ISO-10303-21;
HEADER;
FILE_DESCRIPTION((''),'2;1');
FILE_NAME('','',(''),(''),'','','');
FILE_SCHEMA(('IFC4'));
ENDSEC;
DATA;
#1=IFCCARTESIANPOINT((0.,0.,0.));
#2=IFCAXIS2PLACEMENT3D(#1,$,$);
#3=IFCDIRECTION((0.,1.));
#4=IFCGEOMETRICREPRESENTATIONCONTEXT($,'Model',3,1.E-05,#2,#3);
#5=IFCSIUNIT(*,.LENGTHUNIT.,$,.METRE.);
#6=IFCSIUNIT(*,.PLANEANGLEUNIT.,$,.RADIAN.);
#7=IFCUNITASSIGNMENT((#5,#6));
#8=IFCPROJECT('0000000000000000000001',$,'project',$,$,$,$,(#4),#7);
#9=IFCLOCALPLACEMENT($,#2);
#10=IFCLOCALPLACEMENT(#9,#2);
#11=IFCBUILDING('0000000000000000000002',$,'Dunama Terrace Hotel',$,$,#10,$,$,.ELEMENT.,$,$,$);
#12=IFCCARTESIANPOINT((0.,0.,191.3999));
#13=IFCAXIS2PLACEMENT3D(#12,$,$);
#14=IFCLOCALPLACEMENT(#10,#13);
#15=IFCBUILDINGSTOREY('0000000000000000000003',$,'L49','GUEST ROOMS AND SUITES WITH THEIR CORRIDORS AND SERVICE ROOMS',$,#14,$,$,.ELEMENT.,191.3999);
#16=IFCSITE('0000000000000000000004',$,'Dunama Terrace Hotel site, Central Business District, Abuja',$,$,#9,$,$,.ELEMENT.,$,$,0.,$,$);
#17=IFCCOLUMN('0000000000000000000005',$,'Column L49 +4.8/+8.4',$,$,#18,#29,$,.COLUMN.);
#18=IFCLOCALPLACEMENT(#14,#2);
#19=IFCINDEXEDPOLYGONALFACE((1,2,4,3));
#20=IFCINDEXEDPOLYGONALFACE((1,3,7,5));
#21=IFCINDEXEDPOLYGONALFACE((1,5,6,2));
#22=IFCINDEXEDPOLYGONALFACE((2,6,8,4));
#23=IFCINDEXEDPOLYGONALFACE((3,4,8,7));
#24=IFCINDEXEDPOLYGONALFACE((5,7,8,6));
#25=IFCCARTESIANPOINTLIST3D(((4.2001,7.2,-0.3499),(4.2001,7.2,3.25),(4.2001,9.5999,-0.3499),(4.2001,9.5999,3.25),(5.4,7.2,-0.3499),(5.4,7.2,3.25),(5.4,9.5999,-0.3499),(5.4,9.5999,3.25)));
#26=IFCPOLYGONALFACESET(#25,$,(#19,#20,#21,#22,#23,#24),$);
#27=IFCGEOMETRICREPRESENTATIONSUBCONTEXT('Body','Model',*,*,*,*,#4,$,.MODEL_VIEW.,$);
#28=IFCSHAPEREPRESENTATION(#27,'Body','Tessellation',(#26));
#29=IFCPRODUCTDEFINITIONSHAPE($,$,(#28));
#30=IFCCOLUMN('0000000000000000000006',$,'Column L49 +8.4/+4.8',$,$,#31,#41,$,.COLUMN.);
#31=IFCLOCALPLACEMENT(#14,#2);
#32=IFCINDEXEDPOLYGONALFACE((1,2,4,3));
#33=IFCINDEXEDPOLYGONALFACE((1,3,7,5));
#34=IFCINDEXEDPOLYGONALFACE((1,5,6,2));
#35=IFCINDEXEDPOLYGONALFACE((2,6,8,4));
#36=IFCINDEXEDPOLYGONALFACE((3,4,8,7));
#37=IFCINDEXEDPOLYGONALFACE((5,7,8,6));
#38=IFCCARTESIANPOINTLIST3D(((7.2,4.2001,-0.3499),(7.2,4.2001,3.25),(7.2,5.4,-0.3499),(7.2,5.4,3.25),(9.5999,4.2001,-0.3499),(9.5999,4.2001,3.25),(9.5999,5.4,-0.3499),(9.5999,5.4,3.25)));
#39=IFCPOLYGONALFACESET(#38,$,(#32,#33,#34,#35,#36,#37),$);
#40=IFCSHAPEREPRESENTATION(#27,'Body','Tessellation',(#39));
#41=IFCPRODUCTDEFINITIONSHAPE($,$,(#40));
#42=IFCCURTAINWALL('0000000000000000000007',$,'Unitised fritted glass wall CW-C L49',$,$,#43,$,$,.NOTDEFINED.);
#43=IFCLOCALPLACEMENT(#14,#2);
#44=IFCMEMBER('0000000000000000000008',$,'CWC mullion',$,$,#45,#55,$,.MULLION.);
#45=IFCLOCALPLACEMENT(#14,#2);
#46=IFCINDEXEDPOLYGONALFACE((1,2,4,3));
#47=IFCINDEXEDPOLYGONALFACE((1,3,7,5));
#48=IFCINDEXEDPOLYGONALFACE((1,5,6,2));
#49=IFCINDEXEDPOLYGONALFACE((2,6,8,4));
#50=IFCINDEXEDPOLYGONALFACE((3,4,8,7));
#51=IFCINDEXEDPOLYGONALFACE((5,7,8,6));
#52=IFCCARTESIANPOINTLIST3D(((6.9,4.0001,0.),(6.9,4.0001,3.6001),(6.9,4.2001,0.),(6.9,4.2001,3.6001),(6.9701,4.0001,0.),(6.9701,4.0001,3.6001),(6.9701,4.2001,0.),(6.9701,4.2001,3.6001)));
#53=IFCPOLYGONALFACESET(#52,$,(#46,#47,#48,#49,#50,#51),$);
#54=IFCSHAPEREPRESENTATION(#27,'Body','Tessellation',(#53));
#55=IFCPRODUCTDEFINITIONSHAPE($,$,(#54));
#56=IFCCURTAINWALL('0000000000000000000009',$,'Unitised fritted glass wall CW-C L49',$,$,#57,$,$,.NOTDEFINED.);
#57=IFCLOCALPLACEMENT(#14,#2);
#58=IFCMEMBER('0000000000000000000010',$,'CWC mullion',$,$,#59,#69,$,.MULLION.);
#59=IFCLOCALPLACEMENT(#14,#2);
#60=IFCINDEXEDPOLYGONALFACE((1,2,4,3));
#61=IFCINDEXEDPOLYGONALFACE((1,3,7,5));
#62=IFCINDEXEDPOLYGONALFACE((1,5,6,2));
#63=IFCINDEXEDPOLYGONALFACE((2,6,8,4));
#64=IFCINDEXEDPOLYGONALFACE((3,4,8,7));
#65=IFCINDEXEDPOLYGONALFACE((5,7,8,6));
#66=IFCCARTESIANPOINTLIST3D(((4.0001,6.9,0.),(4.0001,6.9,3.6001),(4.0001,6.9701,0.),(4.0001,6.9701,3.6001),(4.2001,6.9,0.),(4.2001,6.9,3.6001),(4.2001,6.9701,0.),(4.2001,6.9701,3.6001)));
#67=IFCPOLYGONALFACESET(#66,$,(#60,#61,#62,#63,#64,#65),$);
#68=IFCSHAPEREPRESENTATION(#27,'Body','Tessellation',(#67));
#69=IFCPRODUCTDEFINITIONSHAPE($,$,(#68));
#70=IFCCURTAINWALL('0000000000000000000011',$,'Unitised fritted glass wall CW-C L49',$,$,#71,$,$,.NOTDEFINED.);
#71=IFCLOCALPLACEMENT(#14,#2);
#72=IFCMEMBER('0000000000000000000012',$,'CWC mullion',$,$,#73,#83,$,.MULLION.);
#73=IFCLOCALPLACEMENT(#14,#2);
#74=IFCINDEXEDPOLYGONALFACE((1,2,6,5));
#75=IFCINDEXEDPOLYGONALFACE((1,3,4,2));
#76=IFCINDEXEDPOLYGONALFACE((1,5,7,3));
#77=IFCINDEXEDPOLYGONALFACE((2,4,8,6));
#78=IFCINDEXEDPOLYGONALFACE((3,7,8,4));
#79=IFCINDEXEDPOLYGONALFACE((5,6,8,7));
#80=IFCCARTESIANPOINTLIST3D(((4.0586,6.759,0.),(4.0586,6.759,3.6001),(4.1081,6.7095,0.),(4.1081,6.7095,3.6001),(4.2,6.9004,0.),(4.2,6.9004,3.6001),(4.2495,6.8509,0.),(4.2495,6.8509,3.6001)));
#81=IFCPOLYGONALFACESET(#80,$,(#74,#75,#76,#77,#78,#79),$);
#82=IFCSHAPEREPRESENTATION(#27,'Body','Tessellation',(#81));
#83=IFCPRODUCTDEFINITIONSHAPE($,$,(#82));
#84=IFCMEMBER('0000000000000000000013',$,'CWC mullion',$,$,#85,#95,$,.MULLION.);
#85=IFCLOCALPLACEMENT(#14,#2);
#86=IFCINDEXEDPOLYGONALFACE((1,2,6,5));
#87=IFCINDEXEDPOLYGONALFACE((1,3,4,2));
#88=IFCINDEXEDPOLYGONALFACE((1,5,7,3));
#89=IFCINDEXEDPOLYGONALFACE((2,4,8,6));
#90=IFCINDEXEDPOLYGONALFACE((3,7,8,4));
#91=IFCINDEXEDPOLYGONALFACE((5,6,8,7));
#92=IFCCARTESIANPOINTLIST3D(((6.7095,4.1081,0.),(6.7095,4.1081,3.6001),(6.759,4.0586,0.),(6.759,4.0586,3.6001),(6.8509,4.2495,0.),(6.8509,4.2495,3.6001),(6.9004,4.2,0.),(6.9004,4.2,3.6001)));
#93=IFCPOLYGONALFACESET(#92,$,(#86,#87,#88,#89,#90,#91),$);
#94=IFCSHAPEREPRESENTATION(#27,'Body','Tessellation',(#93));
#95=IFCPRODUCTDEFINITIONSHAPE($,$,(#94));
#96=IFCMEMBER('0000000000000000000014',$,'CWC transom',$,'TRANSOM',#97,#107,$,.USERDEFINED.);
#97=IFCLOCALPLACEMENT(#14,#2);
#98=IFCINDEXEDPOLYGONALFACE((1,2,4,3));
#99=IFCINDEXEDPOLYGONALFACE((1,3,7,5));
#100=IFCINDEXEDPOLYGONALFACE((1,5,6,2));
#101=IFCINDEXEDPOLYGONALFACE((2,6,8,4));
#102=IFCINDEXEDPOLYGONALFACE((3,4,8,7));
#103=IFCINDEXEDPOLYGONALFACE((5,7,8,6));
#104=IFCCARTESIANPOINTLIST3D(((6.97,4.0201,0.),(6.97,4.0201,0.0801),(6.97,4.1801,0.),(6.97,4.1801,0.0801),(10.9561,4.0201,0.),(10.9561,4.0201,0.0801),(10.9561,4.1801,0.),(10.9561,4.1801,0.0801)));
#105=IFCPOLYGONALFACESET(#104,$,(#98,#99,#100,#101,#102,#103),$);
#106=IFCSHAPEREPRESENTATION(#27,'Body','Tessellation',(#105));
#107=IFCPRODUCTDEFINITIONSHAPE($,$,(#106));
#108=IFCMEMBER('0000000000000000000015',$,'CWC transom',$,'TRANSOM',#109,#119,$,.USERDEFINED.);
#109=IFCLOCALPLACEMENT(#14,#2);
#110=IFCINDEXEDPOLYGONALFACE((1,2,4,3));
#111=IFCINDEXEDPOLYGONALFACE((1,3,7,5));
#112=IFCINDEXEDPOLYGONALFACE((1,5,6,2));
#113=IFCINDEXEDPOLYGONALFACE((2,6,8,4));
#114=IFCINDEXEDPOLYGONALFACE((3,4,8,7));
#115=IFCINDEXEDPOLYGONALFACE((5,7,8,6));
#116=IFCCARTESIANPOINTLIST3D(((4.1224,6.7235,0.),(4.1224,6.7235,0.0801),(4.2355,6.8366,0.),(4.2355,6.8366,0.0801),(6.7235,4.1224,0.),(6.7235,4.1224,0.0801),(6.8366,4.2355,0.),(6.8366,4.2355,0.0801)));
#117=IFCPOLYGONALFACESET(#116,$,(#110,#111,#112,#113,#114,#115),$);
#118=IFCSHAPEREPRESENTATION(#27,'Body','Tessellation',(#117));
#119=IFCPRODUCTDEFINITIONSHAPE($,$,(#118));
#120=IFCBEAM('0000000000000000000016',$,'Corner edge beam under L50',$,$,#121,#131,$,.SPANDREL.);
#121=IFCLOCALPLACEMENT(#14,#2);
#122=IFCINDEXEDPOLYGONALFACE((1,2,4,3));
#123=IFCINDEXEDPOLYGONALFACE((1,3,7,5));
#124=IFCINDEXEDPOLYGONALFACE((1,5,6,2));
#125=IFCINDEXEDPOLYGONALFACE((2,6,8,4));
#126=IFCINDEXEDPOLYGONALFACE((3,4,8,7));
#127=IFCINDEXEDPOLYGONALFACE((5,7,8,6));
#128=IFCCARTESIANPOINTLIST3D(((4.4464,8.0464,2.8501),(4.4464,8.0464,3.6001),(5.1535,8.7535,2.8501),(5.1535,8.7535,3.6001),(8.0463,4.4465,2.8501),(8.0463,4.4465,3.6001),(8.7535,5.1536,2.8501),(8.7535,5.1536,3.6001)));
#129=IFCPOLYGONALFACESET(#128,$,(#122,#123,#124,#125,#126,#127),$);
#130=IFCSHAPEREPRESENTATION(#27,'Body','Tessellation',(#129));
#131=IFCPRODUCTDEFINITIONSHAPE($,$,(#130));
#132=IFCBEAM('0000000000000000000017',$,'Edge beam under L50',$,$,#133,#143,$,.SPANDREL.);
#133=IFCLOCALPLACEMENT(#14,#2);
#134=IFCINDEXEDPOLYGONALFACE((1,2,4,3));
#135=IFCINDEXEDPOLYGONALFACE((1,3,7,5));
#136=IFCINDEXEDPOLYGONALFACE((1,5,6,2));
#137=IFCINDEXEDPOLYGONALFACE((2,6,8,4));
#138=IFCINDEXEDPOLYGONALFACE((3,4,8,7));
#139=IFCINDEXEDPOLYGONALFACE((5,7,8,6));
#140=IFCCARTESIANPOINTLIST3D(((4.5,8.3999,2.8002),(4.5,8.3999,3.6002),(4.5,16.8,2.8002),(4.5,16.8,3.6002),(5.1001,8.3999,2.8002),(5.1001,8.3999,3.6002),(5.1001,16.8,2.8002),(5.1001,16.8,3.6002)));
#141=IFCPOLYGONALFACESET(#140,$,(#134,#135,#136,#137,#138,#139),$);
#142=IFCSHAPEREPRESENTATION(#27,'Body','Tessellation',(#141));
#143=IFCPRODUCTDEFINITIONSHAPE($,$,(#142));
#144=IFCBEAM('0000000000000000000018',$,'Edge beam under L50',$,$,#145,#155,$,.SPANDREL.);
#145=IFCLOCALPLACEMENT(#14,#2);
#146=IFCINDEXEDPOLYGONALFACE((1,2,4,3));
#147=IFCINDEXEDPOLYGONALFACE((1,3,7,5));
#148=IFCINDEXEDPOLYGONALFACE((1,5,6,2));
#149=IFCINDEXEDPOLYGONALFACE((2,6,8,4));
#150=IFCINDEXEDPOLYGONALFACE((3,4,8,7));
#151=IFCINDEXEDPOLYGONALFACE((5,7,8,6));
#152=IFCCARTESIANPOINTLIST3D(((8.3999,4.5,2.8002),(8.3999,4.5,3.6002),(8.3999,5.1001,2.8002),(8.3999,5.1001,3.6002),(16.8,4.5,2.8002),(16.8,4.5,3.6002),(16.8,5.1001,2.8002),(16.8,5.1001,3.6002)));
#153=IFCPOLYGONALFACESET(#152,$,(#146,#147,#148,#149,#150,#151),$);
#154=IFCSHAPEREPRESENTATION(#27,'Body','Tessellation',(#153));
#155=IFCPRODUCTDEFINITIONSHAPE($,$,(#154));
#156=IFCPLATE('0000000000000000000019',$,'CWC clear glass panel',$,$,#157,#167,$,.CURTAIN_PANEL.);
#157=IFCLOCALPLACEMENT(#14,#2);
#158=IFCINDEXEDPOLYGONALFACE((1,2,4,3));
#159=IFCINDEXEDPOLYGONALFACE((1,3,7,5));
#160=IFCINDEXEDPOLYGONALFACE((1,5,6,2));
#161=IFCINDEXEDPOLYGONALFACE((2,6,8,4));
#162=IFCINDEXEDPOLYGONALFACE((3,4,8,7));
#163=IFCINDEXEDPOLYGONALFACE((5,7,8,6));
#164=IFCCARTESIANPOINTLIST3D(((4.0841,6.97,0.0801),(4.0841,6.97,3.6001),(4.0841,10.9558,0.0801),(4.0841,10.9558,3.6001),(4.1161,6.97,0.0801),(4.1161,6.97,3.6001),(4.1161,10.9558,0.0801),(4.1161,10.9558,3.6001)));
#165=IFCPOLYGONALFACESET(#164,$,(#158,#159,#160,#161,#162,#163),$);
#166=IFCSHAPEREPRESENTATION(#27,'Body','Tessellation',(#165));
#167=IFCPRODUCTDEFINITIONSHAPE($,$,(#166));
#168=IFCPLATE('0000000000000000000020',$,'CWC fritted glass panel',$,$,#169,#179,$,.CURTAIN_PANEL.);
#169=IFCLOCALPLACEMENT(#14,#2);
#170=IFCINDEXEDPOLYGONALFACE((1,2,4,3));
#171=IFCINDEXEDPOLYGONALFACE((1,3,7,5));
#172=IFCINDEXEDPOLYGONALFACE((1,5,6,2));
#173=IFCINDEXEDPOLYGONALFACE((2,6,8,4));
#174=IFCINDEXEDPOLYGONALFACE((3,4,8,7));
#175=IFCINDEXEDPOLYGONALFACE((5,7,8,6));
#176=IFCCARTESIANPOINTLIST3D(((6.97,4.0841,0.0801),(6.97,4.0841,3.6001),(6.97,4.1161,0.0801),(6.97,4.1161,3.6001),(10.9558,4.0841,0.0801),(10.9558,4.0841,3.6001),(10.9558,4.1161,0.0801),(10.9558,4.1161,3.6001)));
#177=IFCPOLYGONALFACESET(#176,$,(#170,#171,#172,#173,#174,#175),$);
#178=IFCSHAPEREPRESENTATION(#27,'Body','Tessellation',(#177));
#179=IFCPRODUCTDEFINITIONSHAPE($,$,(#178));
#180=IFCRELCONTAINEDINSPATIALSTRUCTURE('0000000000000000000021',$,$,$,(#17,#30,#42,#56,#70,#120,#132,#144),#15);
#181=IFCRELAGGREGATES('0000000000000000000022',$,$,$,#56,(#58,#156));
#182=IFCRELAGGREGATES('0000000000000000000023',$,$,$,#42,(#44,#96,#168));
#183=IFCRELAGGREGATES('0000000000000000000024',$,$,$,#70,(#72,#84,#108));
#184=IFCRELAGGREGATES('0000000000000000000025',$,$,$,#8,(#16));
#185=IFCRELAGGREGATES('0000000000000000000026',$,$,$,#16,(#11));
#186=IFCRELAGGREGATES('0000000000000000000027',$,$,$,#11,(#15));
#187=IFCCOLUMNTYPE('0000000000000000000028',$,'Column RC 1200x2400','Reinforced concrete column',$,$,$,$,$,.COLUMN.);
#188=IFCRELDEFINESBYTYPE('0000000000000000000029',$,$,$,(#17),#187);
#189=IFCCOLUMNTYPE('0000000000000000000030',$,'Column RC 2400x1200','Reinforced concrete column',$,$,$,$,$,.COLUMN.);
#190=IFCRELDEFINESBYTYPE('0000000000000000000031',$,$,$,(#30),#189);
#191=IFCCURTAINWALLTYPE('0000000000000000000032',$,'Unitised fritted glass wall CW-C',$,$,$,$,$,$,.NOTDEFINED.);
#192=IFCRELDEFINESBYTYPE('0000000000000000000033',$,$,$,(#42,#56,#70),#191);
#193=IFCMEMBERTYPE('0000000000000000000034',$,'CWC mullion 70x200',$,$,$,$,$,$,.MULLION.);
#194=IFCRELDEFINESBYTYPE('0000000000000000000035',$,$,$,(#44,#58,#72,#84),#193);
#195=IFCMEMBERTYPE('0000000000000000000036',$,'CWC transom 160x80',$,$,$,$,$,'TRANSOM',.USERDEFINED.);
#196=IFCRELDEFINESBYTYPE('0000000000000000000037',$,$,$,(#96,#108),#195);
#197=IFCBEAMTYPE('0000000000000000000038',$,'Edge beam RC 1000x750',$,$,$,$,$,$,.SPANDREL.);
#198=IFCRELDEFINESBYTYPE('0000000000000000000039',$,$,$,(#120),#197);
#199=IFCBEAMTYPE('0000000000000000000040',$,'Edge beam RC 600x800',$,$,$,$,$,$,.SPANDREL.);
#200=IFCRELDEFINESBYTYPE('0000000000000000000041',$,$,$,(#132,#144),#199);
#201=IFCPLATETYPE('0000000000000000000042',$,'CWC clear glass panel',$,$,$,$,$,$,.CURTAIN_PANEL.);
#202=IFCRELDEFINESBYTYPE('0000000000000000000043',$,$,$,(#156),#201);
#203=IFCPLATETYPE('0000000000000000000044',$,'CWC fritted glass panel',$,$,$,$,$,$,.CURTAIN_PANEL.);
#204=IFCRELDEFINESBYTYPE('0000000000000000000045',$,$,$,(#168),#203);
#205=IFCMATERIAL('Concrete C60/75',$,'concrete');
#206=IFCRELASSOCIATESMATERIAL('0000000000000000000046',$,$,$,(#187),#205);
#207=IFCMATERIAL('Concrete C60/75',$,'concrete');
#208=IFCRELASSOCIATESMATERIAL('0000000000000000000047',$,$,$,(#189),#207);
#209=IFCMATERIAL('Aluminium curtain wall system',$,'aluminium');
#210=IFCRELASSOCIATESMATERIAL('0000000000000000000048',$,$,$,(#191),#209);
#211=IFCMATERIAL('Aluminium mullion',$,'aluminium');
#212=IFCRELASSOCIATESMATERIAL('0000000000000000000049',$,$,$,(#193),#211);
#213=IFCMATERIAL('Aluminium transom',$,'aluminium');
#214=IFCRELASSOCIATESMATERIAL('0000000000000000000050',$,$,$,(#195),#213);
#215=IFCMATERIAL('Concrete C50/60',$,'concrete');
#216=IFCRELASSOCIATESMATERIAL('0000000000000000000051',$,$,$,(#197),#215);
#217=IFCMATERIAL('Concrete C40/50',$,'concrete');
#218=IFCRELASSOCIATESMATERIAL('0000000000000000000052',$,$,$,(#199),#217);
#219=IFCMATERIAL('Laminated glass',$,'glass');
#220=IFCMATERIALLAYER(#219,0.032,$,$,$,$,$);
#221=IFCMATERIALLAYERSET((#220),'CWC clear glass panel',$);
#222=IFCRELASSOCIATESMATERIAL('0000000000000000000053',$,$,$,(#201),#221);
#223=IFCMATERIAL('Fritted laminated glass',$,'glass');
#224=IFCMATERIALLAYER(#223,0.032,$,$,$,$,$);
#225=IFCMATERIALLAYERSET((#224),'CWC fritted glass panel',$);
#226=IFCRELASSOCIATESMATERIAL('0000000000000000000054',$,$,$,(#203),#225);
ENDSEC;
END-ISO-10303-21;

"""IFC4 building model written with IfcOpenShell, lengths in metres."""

from ifc_helpers import new_model, si_unit, direction, frame, origin, origin_2d, place, context, subcontext, project, spatial, rectangle, extrude, material, layer, layer_set, material_profile, profile_set, type_object, element, aggregate, save


model = new_model("IFC4")

# Units and contexts
model_context = context("Model", 3, precision=1e-05, world=origin(), true_north=direction((0.0, 1.0)))
body_context = subcontext(model_context, "Body", "Model", "MODEL_VIEW")
ifc_project = project(units=[si_unit("LENGTHUNIT", "METRE"), si_unit("PLANEANGLEUNIT", "RADIAN")], contexts=[model_context])

# Site, building, storey
site_placement = place(None, origin())
site = spatial("IfcSite", under=ifc_project, at=site_placement, Name="Dunama Terrace Hotel site, Central Business District, Abuja", CompositionType="ELEMENT", RefElevation=0.0)
building_placement = place(site_placement, origin())
building = spatial("IfcBuilding", under=site, at=building_placement, Name="Dunama Terrace Hotel", CompositionType="ELEMENT")
storey_placement = place(building_placement, frame((0.0, 0.0, 191.3999)))
storey = spatial("IfcBuildingStorey", under=building, at=storey_placement, Name="L49", Description="GUEST ROOMS AND SUITES WITH THEIR CORRIDORS AND SERVICE ROOMS", CompositionType="ELEMENT", Elevation=191.3999)

# Columns
ifc_material_1 = material(Name="Concrete C60/75", Category="concrete")
ifc_material_profile_1 = material_profile(ifc_material_1, rectangle(XDim=1.2, YDim=2.3999, at=origin_2d()), Name="RC 1200x2400")
ifc_profile_set_1 = profile_set([ifc_material_profile_1], Name="Concrete C60/75")
column_type_1 = type_object("IfcColumnType", Name="Column RC 1200x2400", Description="Reinforced concrete column", PredefinedType="COLUMN", material=ifc_profile_set_1)
column_1_placement = place(storey_placement, frame((4.8, 8.3999, -0.3499), z_axis=(0.0, 0.0, 1.0), x_axis=(1.0, 0.0, 0.0)))
element("IfcColumn", 1, at=column_1_placement, inside=storey, type_object=column_type_1, Name="Column L49 +4.8/+8.4", PredefinedType="COLUMN", context=body_context, shape_type="SweptSolid", body=[
    extrude(rectangle(XDim=1.2, YDim=2.3999, at=origin_2d()), origin(), (0.0, 0.0, 1.0), 3.5999),
])
ifc_material_2 = material(Name="Concrete C60/75", Category="concrete")
ifc_material_profile_2 = material_profile(ifc_material_2, rectangle(XDim=2.3999, YDim=1.2, at=origin_2d()), Name="RC 2400x1200")
ifc_profile_set_2 = profile_set([ifc_material_profile_2], Name="Concrete C60/75")
column_type_2 = type_object("IfcColumnType", Name="Column RC 2400x1200", Description="Reinforced concrete column", PredefinedType="COLUMN", material=ifc_profile_set_2)
column_2_placement = place(storey_placement, frame((8.3999, 4.8, -0.3499), z_axis=(0.0, 0.0, 1.0), x_axis=(1.0, 0.0, 0.0)))
element("IfcColumn", 2, at=column_2_placement, inside=storey, type_object=column_type_2, Name="Column L49 +8.4/+4.8", PredefinedType="COLUMN", context=body_context, shape_type="SweptSolid", body=[
    extrude(rectangle(XDim=2.3999, YDim=1.2, at=origin_2d()), origin(), (0.0, 0.0, 1.0), 3.5999),
])

# Curtain walls, members
ifc_material_3 = material(Name="Aluminium curtain wall system", Category="aluminium")
curtain_wall_type = type_object("IfcCurtainWallType", Name="Unitised fritted glass wall CW-C", PredefinedType="NOTDEFINED", material=ifc_material_3)
curtain_wall_1_placement = place(storey_placement, origin())
curtain_wall_1 = element("IfcCurtainWall", 3, at=curtain_wall_1_placement, inside=storey, type_object=curtain_wall_type, Name="Unitised fritted glass wall CW-C L49", PredefinedType="NOTDEFINED")
ifc_material_4 = material(Name="Aluminium mullion", Category="aluminium")
ifc_material_profile_3 = material_profile(ifc_material_4, rectangle(XDim=0.0701, YDim=0.2, at=origin_2d()), Name="CWC MULLION 70X200")
ifc_profile_set_3 = profile_set([ifc_material_profile_3], Name="Aluminium mullion")
member_type_1 = type_object("IfcMemberType", Name="CWC mullion 70x200", PredefinedType="MULLION", material=ifc_profile_set_3)
member_1_placement = place(storey_placement, frame((6.9351, 4.1001, 0.0), z_axis=(0.0, 0.0, 1.0), x_axis=(1.0, 0.0, 0.0)))
member_1 = element("IfcMember", 4, at=member_1_placement, type_object=member_type_1, Name="CWC mullion", PredefinedType="MULLION", context=body_context, shape_type="SweptSolid", body=[
    extrude(rectangle(XDim=0.0701, YDim=0.2, at=origin_2d()), origin(), (0.0, 0.0, 1.0), 3.6001),
])
curtain_wall_2_placement = place(storey_placement, origin())
curtain_wall_2 = element("IfcCurtainWall", 5, at=curtain_wall_2_placement, inside=storey, type_object=curtain_wall_type, Name="Unitised fritted glass wall CW-C L49", PredefinedType="NOTDEFINED")
member_2_placement = place(storey_placement, frame((4.1001, 6.9351, 0.0), z_axis=(0.0, 0.0, 1.0), x_axis=(0.0, -1.0, 0.0)))
member_2 = element("IfcMember", 6, at=member_2_placement, type_object=member_type_1, Name="CWC mullion", PredefinedType="MULLION", context=body_context, shape_type="SweptSolid", body=[
    extrude(rectangle(XDim=0.0701, YDim=0.2, at=origin_2d()), origin(), (0.0, 0.0, 1.0), 3.6001),
])

# Curtain wall, members
curtain_wall_3_placement = place(storey_placement, origin())
curtain_wall_3 = element("IfcCurtainWall", 7, at=curtain_wall_3_placement, inside=storey, type_object=curtain_wall_type, Name="Unitised fritted glass wall CW-C L49", PredefinedType="NOTDEFINED")
member_3_placement = place(storey_placement, frame((4.1541, 6.8049, 0.0), z_axis=(0.0, 0.0, 1.0), x_axis=(0.707107, -0.707107, 0.0)))
member_3 = element("IfcMember", 8, at=member_3_placement, type_object=member_type_1, Name="CWC mullion", PredefinedType="MULLION", context=body_context, shape_type="SweptSolid", body=[
    extrude(rectangle(XDim=0.0701, YDim=0.2, at=origin_2d()), origin(), (0.0, 0.0, 1.0), 3.6001),
])
member_4_placement = place(storey_placement, frame((6.8049, 4.1541, 0.0), z_axis=(0.0, 0.0, 1.0), x_axis=(0.707107, -0.707107, 0.0)))
member_4 = element("IfcMember", 9, at=member_4_placement, type_object=member_type_1, Name="CWC mullion", PredefinedType="MULLION", context=body_context, shape_type="SweptSolid", body=[
    extrude(rectangle(XDim=0.0701, YDim=0.2, at=origin_2d()), origin(), (0.0, 0.0, 1.0), 3.6001),
])

# Members
ifc_material_5 = material(Name="Aluminium transom", Category="aluminium")
ifc_material_profile_4 = material_profile(ifc_material_5, rectangle(XDim=0.1599, YDim=0.0801, at=origin_2d()), Name="CWC TRANSOM 160X80")
ifc_profile_set_4 = profile_set([ifc_material_profile_4], Name="Aluminium transom")
member_type_2 = type_object("IfcMemberType", Name="CWC transom 160x80", ElementType="TRANSOM", PredefinedType="USERDEFINED", material=ifc_profile_set_4)
member_5_placement = place(storey_placement, frame((6.97, 4.1001, 0.04), z_axis=(1.0, 0.0, 0.0), x_axis=(0.0, 1.0, 0.0)))
member_5 = element("IfcMember", 10, at=member_5_placement, type_object=member_type_2, Name="CWC transom", ObjectType="TRANSOM", PredefinedType="USERDEFINED", context=body_context, shape_type="SweptSolid", body=[
    extrude(rectangle(XDim=0.1599, YDim=0.0801, at=origin_2d()), origin(), (0.0, 0.0, 1.0), 3.9861),
])
member_6_placement = place(storey_placement, frame((4.179, 6.78, 0.04), z_axis=(0.707107, -0.707107, 0.0), x_axis=(0.707107, 0.707107, 0.0)))
member_6 = element("IfcMember", 11, at=member_6_placement, type_object=member_type_2, Name="CWC transom", ObjectType="TRANSOM", PredefinedType="USERDEFINED", context=body_context, shape_type="SweptSolid", body=[
    extrude(rectangle(XDim=0.1599, YDim=0.0801, at=origin_2d()), origin(), (0.0, 0.0, 1.0), 3.6785),
])

# Beams
ifc_material_6 = material(Name="Concrete C50/60", Category="concrete")
ifc_material_profile_5 = material_profile(ifc_material_6, rectangle(XDim=1.0, YDim=0.75, at=origin_2d()), Name="RC 1000x750")
ifc_profile_set_5 = profile_set([ifc_material_profile_5], Name="Concrete C50/60")
beam_type_1 = type_object("IfcBeamType", Name="Edge beam RC 1000x750", PredefinedType="SPANDREL", material=ifc_profile_set_5)
beam_placement = place(storey_placement, frame((8.3999, 4.8, 3.2251), z_axis=(-0.707107, 0.707107, 0.0), x_axis=(-0.707107, -0.707107, 0.0)))
element("IfcBeam", 12, at=beam_placement, inside=storey, type_object=beam_type_1, Name="Corner edge beam under L50", PredefinedType="SPANDREL", context=body_context, shape_type="SweptSolid", body=[
    extrude(rectangle(XDim=1.0, YDim=0.75, at=origin_2d()), origin(), (0.0, 0.0, 1.0), 5.0911),
])
ifc_material_7 = material(Name="Concrete C40/50", Category="concrete")
ifc_material_profile_6 = material_profile(ifc_material_7, rectangle(XDim=0.6001, YDim=0.8, at=origin_2d()), Name="RC 600x800")
ifc_profile_set_6 = profile_set([ifc_material_profile_6], Name="Concrete C40/50")
beam_type_2 = type_object("IfcBeamType", Name="Edge beam RC 600x800", PredefinedType="SPANDREL", material=ifc_profile_set_6)
for number, where, z_axis, x_axis, name in (
    (13, (4.8, 8.3999, 3.2002), (0.0, 1.0, 0.0), (-1.0, 0.0, 0.0), "Edge beam under L50"),
    (14, (8.3999, 4.8, 3.2002), (1.0, 0.0, 0.0), (0.0, 1.0, 0.0), "Edge beam under L50"),
):
    element("IfcBeam", number, at=place(storey_placement, frame(where, z_axis=z_axis, x_axis=x_axis)), inside=storey, type_object=beam_type_2, Name=name, PredefinedType="SPANDREL", context=body_context, shape_type="SweptSolid", body=[
        extrude(rectangle(XDim=0.6001, YDim=0.8, at=origin_2d()), origin(), (0.0, 0.0, 1.0), 8.4001),
    ])

# Plates
ifc_material_8 = material(Name="Laminated glass", Category="glass")
ifc_layer_1 = layer(ifc_material_8, 0.032)
ifc_layer_set_1 = layer_set([ifc_layer_1], Name="CWC clear glass panel")
plate_type_1 = type_object("IfcPlateType", Name="CWC clear glass panel", PredefinedType="CURTAIN_PANEL", material=ifc_layer_set_1)
plate_1_placement = place(storey_placement, frame((4.1001, 8.9629, 0.0801), z_axis=(0.0, 0.0, 1.0), x_axis=(0.0, -1.0, 0.0)))
plate_1 = element("IfcPlate", 15, at=plate_1_placement, type_object=plate_type_1, Name="CWC clear glass panel", PredefinedType="CURTAIN_PANEL", context=body_context, shape_type="SweptSolid", body=[
    extrude(rectangle(XDim=3.9858, YDim=0.032, at=origin_2d()), origin(), (0.0, 0.0, 1.0), 3.52),
])
aggregate(curtain_wall_2, [member_2, plate_1])
ifc_material_9 = material(Name="Fritted laminated glass", Category="glass")
ifc_layer_2 = layer(ifc_material_9, 0.032)
ifc_layer_set_2 = layer_set([ifc_layer_2], Name="CWC fritted glass panel")
plate_type_2 = type_object("IfcPlateType", Name="CWC fritted glass panel", PredefinedType="CURTAIN_PANEL", material=ifc_layer_set_2)
plate_2_placement = place(storey_placement, frame((8.9629, 4.1001, 0.0801), z_axis=(0.0, 0.0, 1.0), x_axis=(1.0, 0.0, 0.0)))
plate_2 = element("IfcPlate", 16, at=plate_2_placement, type_object=plate_type_2, Name="CWC fritted glass panel", PredefinedType="CURTAIN_PANEL", context=body_context, shape_type="SweptSolid", body=[
    extrude(rectangle(XDim=3.9858, YDim=0.032, at=origin_2d()), origin(), (0.0, 0.0, 1.0), 3.52),
])
aggregate(curtain_wall_1, [member_1, member_5, plate_2])
aggregate(curtain_wall_3, [member_3, member_4, member_6])

save(model, "model.ifc")
